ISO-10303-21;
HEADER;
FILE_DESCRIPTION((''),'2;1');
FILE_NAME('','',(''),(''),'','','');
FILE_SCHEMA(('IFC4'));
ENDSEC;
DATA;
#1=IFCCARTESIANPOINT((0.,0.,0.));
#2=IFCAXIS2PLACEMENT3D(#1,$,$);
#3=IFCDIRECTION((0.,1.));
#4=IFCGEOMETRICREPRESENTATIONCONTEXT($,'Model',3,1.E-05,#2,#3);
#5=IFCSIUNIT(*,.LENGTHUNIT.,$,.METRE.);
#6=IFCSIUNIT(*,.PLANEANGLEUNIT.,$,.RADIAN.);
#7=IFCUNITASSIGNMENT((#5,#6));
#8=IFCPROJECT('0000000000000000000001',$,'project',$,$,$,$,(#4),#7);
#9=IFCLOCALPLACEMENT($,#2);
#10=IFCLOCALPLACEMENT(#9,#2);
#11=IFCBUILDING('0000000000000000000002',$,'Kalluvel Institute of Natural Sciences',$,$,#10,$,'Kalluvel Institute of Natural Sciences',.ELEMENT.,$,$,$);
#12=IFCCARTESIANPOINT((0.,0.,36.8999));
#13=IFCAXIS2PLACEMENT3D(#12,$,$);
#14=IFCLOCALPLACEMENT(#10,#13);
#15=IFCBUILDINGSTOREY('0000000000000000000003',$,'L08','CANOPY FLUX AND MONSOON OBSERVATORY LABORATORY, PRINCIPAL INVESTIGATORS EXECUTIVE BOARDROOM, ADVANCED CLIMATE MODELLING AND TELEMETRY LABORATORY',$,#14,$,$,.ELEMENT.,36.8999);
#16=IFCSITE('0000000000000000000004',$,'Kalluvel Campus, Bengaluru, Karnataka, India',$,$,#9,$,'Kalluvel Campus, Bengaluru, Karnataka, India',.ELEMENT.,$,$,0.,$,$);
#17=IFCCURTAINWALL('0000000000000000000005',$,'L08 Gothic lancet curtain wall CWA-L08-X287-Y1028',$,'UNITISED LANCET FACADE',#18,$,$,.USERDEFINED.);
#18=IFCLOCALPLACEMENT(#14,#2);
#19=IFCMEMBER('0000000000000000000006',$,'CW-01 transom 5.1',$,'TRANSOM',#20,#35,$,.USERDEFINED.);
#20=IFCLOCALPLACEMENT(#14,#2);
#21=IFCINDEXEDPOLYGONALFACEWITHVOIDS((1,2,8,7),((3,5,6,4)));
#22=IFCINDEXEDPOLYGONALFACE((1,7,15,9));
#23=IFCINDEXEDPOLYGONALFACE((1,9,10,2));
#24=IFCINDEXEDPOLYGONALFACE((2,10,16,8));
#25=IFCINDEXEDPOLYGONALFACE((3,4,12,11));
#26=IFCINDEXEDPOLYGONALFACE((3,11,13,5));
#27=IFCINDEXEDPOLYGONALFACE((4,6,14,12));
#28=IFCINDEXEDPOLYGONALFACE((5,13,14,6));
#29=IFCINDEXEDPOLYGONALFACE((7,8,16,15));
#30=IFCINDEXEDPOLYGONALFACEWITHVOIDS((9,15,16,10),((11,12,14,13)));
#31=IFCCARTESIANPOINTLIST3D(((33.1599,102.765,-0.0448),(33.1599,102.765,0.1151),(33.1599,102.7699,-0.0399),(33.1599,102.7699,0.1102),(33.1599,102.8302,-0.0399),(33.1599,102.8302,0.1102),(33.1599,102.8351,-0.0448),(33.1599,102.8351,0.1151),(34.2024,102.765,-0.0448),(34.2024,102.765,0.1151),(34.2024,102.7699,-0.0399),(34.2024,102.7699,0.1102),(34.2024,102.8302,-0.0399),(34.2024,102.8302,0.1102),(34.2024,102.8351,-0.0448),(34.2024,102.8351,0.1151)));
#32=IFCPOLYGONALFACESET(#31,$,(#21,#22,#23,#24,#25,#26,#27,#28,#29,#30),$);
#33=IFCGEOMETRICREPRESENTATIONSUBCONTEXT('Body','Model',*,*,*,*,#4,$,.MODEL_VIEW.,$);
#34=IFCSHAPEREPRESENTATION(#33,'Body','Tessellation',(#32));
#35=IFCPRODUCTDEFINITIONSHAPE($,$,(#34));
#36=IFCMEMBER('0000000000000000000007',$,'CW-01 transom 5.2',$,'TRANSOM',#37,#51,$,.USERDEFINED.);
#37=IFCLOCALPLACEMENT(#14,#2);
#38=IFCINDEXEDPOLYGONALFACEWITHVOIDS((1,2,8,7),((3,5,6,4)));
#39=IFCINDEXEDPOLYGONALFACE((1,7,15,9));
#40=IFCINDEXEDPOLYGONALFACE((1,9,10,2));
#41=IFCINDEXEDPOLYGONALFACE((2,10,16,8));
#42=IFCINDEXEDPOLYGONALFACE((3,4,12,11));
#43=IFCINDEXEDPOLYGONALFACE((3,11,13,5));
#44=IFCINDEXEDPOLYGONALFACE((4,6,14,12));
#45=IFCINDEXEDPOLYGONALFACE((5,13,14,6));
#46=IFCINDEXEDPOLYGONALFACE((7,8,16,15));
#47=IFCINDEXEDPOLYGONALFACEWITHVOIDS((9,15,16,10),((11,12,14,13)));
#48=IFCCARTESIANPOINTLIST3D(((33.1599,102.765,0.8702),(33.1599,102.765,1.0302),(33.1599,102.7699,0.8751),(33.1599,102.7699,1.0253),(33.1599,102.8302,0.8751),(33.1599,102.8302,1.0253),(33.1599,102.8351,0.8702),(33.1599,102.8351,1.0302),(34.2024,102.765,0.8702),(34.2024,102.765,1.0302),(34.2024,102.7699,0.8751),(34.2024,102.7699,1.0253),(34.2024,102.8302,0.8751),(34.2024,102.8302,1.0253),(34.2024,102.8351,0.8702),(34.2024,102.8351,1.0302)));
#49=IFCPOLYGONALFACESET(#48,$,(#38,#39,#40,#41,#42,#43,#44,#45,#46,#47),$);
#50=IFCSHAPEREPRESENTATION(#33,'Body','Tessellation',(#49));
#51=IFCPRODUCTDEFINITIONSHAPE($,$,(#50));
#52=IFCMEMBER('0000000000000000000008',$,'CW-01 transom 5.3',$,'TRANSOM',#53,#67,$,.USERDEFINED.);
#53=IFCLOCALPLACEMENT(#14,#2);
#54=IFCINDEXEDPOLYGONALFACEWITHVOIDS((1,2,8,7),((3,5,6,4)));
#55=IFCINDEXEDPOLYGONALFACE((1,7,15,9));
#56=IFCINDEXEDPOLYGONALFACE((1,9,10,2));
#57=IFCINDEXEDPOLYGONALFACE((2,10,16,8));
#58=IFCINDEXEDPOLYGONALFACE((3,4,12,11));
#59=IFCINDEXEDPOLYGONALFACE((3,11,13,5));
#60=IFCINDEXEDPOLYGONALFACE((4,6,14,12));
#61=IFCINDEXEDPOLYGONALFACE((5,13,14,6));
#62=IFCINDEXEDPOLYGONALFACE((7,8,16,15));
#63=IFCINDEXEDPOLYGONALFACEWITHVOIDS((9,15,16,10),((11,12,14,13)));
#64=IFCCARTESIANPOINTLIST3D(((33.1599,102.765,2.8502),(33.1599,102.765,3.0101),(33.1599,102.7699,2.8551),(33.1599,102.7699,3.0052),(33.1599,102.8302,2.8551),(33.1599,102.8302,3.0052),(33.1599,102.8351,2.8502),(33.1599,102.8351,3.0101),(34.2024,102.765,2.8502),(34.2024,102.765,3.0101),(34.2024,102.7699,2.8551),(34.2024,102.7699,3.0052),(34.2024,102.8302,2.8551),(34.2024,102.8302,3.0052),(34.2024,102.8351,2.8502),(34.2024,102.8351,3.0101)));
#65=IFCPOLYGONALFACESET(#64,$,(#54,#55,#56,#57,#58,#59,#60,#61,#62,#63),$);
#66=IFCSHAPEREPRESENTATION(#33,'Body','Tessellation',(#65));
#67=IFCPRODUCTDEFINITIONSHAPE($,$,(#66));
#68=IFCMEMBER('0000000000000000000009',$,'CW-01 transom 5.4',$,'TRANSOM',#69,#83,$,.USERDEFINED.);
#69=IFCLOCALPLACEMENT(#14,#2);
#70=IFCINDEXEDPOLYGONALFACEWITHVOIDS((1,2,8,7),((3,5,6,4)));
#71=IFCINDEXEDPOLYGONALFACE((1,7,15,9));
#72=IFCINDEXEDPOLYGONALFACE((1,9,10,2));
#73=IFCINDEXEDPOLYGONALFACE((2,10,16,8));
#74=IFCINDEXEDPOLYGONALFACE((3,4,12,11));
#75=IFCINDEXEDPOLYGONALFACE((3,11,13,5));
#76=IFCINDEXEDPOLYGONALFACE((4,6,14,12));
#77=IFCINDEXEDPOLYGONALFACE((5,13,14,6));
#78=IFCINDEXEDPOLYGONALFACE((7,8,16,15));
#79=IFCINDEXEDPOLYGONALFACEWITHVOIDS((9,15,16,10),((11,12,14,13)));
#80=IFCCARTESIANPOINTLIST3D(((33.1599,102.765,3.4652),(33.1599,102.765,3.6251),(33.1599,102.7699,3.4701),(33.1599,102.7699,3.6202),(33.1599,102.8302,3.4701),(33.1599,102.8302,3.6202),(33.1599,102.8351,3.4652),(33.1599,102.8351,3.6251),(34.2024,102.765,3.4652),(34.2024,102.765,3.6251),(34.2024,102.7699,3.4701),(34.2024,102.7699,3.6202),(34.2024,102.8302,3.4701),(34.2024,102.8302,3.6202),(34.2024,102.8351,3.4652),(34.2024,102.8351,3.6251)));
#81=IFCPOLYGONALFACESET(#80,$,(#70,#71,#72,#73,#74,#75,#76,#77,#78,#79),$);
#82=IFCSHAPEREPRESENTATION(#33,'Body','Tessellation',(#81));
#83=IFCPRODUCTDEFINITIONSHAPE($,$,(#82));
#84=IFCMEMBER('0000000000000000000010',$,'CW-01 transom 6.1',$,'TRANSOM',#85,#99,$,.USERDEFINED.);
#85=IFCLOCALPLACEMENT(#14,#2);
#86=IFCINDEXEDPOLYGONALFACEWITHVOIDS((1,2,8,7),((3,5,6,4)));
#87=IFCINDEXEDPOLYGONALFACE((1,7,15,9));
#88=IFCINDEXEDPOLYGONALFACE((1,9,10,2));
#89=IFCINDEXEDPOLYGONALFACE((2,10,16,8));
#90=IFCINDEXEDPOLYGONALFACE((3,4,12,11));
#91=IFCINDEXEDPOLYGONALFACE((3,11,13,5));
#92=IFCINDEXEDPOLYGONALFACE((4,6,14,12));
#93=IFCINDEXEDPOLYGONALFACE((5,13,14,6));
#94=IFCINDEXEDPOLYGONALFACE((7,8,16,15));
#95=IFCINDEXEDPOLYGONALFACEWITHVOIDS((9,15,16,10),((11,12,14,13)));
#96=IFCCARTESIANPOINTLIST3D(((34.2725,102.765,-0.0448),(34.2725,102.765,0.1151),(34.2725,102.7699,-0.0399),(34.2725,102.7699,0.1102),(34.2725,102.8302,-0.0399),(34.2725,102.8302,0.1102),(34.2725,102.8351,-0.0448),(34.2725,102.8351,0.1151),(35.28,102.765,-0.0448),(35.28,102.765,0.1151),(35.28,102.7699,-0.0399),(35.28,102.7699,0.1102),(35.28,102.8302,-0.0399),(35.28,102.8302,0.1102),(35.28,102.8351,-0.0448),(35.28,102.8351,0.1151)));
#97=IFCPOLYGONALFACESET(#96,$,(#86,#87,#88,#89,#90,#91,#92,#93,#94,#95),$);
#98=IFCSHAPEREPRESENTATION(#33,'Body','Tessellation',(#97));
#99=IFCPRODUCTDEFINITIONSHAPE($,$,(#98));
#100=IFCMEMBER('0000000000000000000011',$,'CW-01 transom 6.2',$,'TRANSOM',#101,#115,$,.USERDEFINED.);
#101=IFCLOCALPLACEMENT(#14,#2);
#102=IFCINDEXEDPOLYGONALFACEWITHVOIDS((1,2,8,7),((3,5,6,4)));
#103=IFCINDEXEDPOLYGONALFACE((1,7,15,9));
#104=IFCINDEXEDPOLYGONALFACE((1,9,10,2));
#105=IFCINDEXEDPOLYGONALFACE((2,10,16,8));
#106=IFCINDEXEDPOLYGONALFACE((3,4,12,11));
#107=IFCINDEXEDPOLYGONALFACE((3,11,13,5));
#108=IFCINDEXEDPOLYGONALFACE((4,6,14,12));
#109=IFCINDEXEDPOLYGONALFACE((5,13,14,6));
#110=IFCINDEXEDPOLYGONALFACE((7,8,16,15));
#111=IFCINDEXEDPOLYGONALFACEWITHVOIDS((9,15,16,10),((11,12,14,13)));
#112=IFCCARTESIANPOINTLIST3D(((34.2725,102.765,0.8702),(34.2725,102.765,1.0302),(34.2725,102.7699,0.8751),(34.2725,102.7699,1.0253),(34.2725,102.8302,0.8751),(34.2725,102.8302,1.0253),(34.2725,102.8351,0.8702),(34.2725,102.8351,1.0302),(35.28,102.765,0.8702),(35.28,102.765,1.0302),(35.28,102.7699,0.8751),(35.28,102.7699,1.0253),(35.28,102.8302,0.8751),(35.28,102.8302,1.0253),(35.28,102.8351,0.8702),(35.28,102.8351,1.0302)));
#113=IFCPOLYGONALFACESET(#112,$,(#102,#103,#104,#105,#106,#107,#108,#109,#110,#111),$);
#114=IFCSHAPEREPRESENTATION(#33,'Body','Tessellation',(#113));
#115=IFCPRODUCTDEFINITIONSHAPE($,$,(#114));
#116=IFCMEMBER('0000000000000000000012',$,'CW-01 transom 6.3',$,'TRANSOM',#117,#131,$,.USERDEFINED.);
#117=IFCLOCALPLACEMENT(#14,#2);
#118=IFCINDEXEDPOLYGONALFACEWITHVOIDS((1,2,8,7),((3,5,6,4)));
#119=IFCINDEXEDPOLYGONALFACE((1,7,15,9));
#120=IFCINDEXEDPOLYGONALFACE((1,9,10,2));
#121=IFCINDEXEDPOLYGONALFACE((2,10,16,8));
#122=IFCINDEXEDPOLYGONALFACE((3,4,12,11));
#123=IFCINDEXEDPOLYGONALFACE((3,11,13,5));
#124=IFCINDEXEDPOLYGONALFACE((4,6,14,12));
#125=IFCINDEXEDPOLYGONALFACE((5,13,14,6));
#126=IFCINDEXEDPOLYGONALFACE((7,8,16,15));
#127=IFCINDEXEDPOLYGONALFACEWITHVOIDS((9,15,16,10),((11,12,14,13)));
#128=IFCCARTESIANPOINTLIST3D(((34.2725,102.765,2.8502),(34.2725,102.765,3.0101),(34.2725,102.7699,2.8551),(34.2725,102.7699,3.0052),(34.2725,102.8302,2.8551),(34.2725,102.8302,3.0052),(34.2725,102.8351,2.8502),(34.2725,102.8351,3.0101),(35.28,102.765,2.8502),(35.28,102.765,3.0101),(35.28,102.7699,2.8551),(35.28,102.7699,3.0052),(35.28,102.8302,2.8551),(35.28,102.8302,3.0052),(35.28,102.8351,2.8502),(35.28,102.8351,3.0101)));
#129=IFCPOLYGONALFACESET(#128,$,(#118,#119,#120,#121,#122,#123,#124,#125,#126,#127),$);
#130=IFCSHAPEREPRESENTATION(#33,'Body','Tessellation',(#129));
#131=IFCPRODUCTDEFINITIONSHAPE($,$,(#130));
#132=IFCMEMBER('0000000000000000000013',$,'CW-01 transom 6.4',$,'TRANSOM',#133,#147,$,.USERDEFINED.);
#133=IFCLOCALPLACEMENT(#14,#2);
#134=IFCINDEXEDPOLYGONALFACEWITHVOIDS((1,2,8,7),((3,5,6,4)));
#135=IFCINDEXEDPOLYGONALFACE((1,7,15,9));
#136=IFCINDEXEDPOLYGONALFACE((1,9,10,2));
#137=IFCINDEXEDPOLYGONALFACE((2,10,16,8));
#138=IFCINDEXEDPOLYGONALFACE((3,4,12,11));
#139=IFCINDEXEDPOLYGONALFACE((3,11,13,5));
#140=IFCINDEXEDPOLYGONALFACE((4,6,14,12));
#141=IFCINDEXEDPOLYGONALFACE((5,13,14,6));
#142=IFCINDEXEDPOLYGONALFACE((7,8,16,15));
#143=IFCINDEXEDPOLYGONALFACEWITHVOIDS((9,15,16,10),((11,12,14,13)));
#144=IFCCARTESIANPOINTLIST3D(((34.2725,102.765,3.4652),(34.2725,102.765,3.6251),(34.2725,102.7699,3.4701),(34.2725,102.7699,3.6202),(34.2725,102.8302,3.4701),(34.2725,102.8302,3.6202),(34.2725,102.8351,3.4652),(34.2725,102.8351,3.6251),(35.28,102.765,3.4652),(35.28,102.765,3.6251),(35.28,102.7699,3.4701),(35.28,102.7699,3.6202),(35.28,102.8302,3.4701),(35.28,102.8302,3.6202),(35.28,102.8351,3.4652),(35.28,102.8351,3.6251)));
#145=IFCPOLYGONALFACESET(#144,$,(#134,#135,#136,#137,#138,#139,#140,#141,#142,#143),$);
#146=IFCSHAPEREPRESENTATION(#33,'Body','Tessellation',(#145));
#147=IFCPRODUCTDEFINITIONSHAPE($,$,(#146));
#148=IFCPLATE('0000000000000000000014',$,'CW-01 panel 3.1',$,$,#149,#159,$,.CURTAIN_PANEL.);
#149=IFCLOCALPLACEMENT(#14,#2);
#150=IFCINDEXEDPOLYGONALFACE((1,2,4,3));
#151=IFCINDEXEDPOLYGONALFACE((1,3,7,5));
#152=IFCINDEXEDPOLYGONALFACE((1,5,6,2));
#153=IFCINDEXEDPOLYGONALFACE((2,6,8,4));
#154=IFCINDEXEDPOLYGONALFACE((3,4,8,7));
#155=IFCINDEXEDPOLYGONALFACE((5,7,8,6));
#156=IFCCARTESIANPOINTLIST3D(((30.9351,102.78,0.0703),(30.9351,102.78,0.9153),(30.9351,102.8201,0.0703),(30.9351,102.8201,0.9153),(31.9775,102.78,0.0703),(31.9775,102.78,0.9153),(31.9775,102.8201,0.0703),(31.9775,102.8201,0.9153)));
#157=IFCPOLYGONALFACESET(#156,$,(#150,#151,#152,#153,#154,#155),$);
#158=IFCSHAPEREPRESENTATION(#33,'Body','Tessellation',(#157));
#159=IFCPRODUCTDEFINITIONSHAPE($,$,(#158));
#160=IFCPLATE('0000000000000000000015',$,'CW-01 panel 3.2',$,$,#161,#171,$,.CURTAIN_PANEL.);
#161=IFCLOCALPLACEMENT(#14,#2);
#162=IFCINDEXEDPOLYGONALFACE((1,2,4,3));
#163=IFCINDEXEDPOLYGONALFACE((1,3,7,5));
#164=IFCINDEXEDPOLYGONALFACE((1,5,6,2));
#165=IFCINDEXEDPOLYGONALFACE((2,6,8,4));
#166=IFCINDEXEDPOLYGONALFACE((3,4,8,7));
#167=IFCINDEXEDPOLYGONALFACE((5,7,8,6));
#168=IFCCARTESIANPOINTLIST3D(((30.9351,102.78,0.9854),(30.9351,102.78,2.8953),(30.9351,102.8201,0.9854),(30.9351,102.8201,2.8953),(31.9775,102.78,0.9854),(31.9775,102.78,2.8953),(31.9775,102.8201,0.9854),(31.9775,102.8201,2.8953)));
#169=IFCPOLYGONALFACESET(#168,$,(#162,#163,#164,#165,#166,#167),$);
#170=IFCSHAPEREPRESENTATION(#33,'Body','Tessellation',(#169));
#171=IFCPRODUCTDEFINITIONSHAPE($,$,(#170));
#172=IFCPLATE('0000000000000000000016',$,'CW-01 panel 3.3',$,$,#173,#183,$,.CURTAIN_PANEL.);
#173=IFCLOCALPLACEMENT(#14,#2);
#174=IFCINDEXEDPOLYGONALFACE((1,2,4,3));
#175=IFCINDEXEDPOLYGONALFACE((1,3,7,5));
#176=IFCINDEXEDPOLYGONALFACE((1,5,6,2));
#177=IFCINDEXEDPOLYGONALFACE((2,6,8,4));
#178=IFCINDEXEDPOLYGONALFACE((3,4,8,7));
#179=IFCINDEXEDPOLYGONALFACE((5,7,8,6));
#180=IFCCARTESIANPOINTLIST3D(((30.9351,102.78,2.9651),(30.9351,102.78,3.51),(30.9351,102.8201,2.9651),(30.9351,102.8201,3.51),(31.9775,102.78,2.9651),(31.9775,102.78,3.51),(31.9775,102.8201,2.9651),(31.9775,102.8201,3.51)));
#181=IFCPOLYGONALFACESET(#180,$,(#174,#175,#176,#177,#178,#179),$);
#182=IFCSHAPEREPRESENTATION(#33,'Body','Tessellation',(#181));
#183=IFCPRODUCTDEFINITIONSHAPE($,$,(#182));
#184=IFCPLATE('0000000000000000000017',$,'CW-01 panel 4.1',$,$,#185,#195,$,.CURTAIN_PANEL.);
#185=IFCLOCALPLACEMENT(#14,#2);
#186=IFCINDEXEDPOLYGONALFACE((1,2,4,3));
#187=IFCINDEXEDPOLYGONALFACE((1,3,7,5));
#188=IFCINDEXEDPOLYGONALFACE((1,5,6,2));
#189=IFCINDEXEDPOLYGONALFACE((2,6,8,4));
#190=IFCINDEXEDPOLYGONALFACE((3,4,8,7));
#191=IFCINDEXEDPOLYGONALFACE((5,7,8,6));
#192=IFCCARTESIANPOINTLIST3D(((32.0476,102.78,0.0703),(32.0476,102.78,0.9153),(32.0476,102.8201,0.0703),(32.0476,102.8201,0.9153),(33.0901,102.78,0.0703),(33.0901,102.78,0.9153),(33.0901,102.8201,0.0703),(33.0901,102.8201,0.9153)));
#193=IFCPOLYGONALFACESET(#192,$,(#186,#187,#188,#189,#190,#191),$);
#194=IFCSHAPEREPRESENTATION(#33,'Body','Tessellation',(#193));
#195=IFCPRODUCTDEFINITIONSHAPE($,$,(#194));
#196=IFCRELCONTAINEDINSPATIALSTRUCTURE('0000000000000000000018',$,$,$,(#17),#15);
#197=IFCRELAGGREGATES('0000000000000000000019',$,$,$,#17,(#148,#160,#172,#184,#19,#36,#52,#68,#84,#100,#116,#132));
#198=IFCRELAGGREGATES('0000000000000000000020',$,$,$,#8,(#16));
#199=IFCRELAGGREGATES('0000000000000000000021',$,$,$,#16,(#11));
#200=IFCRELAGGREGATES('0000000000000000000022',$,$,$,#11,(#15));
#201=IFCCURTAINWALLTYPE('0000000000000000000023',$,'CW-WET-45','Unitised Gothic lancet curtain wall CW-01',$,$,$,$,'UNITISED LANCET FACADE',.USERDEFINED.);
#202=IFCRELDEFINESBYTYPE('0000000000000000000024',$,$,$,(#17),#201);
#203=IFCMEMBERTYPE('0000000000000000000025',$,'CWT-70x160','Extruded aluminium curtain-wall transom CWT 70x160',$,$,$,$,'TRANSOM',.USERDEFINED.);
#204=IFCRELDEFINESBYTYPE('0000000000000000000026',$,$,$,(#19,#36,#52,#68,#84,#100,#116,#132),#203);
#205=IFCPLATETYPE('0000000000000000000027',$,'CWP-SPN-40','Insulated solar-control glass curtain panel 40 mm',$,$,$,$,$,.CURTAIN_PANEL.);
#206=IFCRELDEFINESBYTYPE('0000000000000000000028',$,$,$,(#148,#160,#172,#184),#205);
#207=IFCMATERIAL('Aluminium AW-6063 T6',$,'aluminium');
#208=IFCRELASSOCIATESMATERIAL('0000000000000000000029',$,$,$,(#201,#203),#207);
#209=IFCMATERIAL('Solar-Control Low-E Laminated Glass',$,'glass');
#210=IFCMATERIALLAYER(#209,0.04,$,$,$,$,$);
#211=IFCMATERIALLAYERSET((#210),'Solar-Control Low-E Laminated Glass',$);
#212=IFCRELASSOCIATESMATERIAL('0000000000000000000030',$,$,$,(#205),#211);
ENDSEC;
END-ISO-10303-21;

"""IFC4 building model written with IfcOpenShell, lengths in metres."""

from ifc_helpers import new_model, si_unit, direction, frame, origin, origin_2d, place, context, subcontext, project, spatial, rectangle, hollow_rectangle, extrude, material, layer, layer_set, material_profile, profile_set, type_object, element, aggregate, save


model = new_model("IFC4")

# Units and contexts
model_context = context("Model", 3, precision=1e-05, world=origin(), true_north=direction((0.0, 1.0)))
body_context = subcontext(model_context, "Body", "Model", "MODEL_VIEW")
ifc_project = project(units=[si_unit("LENGTHUNIT", "METRE"), si_unit("PLANEANGLEUNIT", "RADIAN")], contexts=[model_context])

# Site, building, storey
site_placement = place(None, origin())
site = spatial("IfcSite", under=ifc_project, at=site_placement, Name="Kalluvel Campus, Bengaluru, Karnataka, India", LongName="Kalluvel Campus, Bengaluru, Karnataka, India", CompositionType="ELEMENT", RefElevation=0.0)
building_placement = place(site_placement, origin())
building = spatial("IfcBuilding", under=site, at=building_placement, Name="Kalluvel Institute of Natural Sciences", LongName="Kalluvel Institute of Natural Sciences", CompositionType="ELEMENT")
storey_placement = place(building_placement, frame((0.0, 0.0, 36.8999)))
storey = spatial("IfcBuildingStorey", under=building, at=storey_placement, Name="L08", Description="CANOPY FLUX AND MONSOON OBSERVATORY LABORATORY, PRINCIPAL INVESTIGATORS EXECUTIVE BOARDROOM, ADVANCED CLIMATE MODELLING AND TELEMETRY LABORATORY", CompositionType="ELEMENT", Elevation=36.8999)

# Curtain wall, members, plates
ifc_material_1 = material(Name="Aluminium AW-6063 T6", Category="aluminium")
curtain_wall_type = type_object("IfcCurtainWallType", Name="CW-WET-45", Description="Unitised Gothic lancet curtain wall CW-01", ElementType="UNITISED LANCET FACADE", PredefinedType="USERDEFINED", material=ifc_material_1)
curtain_wall_placement = place(storey_placement, origin())
curtain_wall = element("IfcCurtainWall", 1, at=curtain_wall_placement, inside=storey, type_object=curtain_wall_type, Name="L08 Gothic lancet curtain wall CWA-L08-X287-Y1028", ObjectType="UNITISED LANCET FACADE", PredefinedType="USERDEFINED")
ifc_material_profile_1 = material_profile(ifc_material_1, hollow_rectangle(XDim=0.0701, YDim=0.1599, WallThickness=0.0049, at=origin_2d()), Name="CWT 70x160")
ifc_profile_set_1 = profile_set([ifc_material_profile_1], Name="Aluminium AW-6063 T6")
member_type_1 = type_object("IfcMemberType", Name="CWT-70x160", Description="Extruded aluminium curtain-wall transom CWT 70x160", ElementType="TRANSOM", PredefinedType="USERDEFINED", material=ifc_profile_set_1)
member_1_placement = place(storey_placement, frame((33.1599, 102.8, 0.0352), z_axis=(1.0, 0.0, 0.0), x_axis=(0.0, 1.0, 0.0)))
member_1 = element("IfcMember", 2, at=member_1_placement, type_object=member_type_1, Name="CW-01 transom 5.1", ObjectType="TRANSOM", PredefinedType="USERDEFINED", context=body_context, shape_type="SweptSolid", body=[
    extrude(hollow_rectangle(XDim=0.0701, YDim=0.1599, WallThickness=0.0049, at=origin_2d()), origin(), (0.0, 0.0, 1.0), 1.0425),
])
member_2_placement = place(storey_placement, frame((33.1599, 102.8, 0.9502), z_axis=(1.0, 0.0, 0.0), x_axis=(0.0, 1.0, 0.0)))
member_2 = element("IfcMember", 3, at=member_2_placement, type_object=member_type_1, Name="CW-01 transom 5.2", ObjectType="TRANSOM", PredefinedType="USERDEFINED", context=body_context, shape_type="SweptSolid", body=[
    extrude(hollow_rectangle(XDim=0.0701, YDim=0.1599, WallThickness=0.0049, at=origin_2d()), origin(), (0.0, 0.0, 1.0), 1.0425),
])
member_3_placement = place(storey_placement, frame((33.1599, 102.8, 2.9302), z_axis=(1.0, 0.0, 0.0), x_axis=(0.0, 1.0, 0.0)))
member_3 = element("IfcMember", 4, at=member_3_placement, type_object=member_type_1, Name="CW-01 transom 5.3", ObjectType="TRANSOM", PredefinedType="USERDEFINED", context=body_context, shape_type="SweptSolid", body=[
    extrude(hollow_rectangle(XDim=0.0701, YDim=0.1599, WallThickness=0.0049, at=origin_2d()), origin(), (0.0, 0.0, 1.0), 1.0425),
])
member_4_placement = place(storey_placement, frame((33.1599, 102.8, 3.5452), z_axis=(1.0, 0.0, 0.0), x_axis=(0.0, 1.0, 0.0)))
member_4 = element("IfcMember", 5, at=member_4_placement, type_object=member_type_1, Name="CW-01 transom 5.4", ObjectType="TRANSOM", PredefinedType="USERDEFINED", context=body_context, shape_type="SweptSolid", body=[
    extrude(hollow_rectangle(XDim=0.0701, YDim=0.1599, WallThickness=0.0049, at=origin_2d()), origin(), (0.0, 0.0, 1.0), 1.0425),
])
member_5_placement = place(storey_placement, frame((34.2725, 102.8, 0.0352), z_axis=(1.0, 0.0, 0.0), x_axis=(0.0, 1.0, 0.0)))
member_5 = element("IfcMember", 6, at=member_5_placement, type_object=member_type_1, Name="CW-01 transom 6.1", ObjectType="TRANSOM", PredefinedType="USERDEFINED", context=body_context, shape_type="SweptSolid", body=[
    extrude(hollow_rectangle(XDim=0.0701, YDim=0.1599, WallThickness=0.0049, at=origin_2d()), origin(), (0.0, 0.0, 1.0), 1.0076),
])
member_6_placement = place(storey_placement, frame((34.2725, 102.8, 0.9502), z_axis=(1.0, 0.0, 0.0), x_axis=(0.0, 1.0, 0.0)))
member_6 = element("IfcMember", 7, at=member_6_placement, type_object=member_type_1, Name="CW-01 transom 6.2", ObjectType="TRANSOM", PredefinedType="USERDEFINED", context=body_context, shape_type="SweptSolid", body=[
    extrude(hollow_rectangle(XDim=0.0701, YDim=0.1599, WallThickness=0.0049, at=origin_2d()), origin(), (0.0, 0.0, 1.0), 1.0076),
])
member_7_placement = place(storey_placement, frame((34.2725, 102.8, 2.9302), z_axis=(1.0, 0.0, 0.0), x_axis=(0.0, 1.0, 0.0)))
member_7 = element("IfcMember", 8, at=member_7_placement, type_object=member_type_1, Name="CW-01 transom 6.3", ObjectType="TRANSOM", PredefinedType="USERDEFINED", context=body_context, shape_type="SweptSolid", body=[
    extrude(hollow_rectangle(XDim=0.0701, YDim=0.1599, WallThickness=0.0049, at=origin_2d()), origin(), (0.0, 0.0, 1.0), 1.0076),
])
member_8_placement = place(storey_placement, frame((34.2725, 102.8, 3.5452), z_axis=(1.0, 0.0, 0.0), x_axis=(0.0, 1.0, 0.0)))
member_8 = element("IfcMember", 9, at=member_8_placement, type_object=member_type_1, Name="CW-01 transom 6.4", ObjectType="TRANSOM", PredefinedType="USERDEFINED", context=body_context, shape_type="SweptSolid", body=[
    extrude(hollow_rectangle(XDim=0.0701, YDim=0.1599, WallThickness=0.0049, at=origin_2d()), origin(), (0.0, 0.0, 1.0), 1.0076),
])
ifc_material_2 = material(Name="Solar-Control Low-E Laminated Glass", Category="glass")
ifc_layer = layer(ifc_material_2, 0.04)
ifc_layer_set = layer_set([ifc_layer], Name="Solar-Control Low-E Laminated Glass")
plate_type = type_object("IfcPlateType", Name="CWP-SPN-40", Description="Insulated solar-control glass curtain panel 40 mm", PredefinedType="CURTAIN_PANEL", material=ifc_layer_set)
plate_1_placement = place(storey_placement, frame((31.4563, 102.8, 0.0703), z_axis=(0.0, 0.0, 1.0), x_axis=(1.0, 0.0, 0.0)))
plate_1 = element("IfcPlate", 10, at=plate_1_placement, type_object=plate_type, Name="CW-01 panel 3.1", PredefinedType="CURTAIN_PANEL", context=body_context, shape_type="SweptSolid", body=[
    extrude(rectangle(XDim=1.0425, YDim=0.04, at=origin_2d()), origin(), (0.0, 0.0, 1.0), 0.845),
])
plate_2_placement = place(storey_placement, frame((31.4563, 102.8, 0.9854), z_axis=(0.0, 0.0, 1.0), x_axis=(1.0, 0.0, 0.0)))
plate_2 = element("IfcPlate", 11, at=plate_2_placement, type_object=plate_type, Name="CW-01 panel 3.2", PredefinedType="CURTAIN_PANEL", context=body_context, shape_type="SweptSolid", body=[
    extrude(rectangle(XDim=1.0425, YDim=0.04, at=origin_2d()), origin(), (0.0, 0.0, 1.0), 1.9099),
])
plate_3_placement = place(storey_placement, frame((31.4563, 102.8, 2.9651), z_axis=(0.0, 0.0, 1.0), x_axis=(1.0, 0.0, 0.0)))
plate_3 = element("IfcPlate", 12, at=plate_3_placement, type_object=plate_type, Name="CW-01 panel 3.3", PredefinedType="CURTAIN_PANEL", context=body_context, shape_type="SweptSolid", body=[
    extrude(rectangle(XDim=1.0425, YDim=0.04, at=origin_2d()), origin(), (0.0, 0.0, 1.0), 0.5449),
])
plate_4_placement = place(storey_placement, frame((32.5688, 102.8, 0.0703), z_axis=(0.0, 0.0, 1.0), x_axis=(1.0, 0.0, 0.0)))
plate_4 = element("IfcPlate", 13, at=plate_4_placement, type_object=plate_type, Name="CW-01 panel 4.1", PredefinedType="CURTAIN_PANEL", context=body_context, shape_type="SweptSolid", body=[
    extrude(rectangle(XDim=1.0425, YDim=0.04, at=origin_2d()), origin(), (0.0, 0.0, 1.0), 0.845),
])
aggregate(curtain_wall, [plate_1, plate_2, plate_3, plate_4, member_1, member_2, member_3, member_4, member_5, member_6, member_7, member_8])

save(model, "model.ifc")
